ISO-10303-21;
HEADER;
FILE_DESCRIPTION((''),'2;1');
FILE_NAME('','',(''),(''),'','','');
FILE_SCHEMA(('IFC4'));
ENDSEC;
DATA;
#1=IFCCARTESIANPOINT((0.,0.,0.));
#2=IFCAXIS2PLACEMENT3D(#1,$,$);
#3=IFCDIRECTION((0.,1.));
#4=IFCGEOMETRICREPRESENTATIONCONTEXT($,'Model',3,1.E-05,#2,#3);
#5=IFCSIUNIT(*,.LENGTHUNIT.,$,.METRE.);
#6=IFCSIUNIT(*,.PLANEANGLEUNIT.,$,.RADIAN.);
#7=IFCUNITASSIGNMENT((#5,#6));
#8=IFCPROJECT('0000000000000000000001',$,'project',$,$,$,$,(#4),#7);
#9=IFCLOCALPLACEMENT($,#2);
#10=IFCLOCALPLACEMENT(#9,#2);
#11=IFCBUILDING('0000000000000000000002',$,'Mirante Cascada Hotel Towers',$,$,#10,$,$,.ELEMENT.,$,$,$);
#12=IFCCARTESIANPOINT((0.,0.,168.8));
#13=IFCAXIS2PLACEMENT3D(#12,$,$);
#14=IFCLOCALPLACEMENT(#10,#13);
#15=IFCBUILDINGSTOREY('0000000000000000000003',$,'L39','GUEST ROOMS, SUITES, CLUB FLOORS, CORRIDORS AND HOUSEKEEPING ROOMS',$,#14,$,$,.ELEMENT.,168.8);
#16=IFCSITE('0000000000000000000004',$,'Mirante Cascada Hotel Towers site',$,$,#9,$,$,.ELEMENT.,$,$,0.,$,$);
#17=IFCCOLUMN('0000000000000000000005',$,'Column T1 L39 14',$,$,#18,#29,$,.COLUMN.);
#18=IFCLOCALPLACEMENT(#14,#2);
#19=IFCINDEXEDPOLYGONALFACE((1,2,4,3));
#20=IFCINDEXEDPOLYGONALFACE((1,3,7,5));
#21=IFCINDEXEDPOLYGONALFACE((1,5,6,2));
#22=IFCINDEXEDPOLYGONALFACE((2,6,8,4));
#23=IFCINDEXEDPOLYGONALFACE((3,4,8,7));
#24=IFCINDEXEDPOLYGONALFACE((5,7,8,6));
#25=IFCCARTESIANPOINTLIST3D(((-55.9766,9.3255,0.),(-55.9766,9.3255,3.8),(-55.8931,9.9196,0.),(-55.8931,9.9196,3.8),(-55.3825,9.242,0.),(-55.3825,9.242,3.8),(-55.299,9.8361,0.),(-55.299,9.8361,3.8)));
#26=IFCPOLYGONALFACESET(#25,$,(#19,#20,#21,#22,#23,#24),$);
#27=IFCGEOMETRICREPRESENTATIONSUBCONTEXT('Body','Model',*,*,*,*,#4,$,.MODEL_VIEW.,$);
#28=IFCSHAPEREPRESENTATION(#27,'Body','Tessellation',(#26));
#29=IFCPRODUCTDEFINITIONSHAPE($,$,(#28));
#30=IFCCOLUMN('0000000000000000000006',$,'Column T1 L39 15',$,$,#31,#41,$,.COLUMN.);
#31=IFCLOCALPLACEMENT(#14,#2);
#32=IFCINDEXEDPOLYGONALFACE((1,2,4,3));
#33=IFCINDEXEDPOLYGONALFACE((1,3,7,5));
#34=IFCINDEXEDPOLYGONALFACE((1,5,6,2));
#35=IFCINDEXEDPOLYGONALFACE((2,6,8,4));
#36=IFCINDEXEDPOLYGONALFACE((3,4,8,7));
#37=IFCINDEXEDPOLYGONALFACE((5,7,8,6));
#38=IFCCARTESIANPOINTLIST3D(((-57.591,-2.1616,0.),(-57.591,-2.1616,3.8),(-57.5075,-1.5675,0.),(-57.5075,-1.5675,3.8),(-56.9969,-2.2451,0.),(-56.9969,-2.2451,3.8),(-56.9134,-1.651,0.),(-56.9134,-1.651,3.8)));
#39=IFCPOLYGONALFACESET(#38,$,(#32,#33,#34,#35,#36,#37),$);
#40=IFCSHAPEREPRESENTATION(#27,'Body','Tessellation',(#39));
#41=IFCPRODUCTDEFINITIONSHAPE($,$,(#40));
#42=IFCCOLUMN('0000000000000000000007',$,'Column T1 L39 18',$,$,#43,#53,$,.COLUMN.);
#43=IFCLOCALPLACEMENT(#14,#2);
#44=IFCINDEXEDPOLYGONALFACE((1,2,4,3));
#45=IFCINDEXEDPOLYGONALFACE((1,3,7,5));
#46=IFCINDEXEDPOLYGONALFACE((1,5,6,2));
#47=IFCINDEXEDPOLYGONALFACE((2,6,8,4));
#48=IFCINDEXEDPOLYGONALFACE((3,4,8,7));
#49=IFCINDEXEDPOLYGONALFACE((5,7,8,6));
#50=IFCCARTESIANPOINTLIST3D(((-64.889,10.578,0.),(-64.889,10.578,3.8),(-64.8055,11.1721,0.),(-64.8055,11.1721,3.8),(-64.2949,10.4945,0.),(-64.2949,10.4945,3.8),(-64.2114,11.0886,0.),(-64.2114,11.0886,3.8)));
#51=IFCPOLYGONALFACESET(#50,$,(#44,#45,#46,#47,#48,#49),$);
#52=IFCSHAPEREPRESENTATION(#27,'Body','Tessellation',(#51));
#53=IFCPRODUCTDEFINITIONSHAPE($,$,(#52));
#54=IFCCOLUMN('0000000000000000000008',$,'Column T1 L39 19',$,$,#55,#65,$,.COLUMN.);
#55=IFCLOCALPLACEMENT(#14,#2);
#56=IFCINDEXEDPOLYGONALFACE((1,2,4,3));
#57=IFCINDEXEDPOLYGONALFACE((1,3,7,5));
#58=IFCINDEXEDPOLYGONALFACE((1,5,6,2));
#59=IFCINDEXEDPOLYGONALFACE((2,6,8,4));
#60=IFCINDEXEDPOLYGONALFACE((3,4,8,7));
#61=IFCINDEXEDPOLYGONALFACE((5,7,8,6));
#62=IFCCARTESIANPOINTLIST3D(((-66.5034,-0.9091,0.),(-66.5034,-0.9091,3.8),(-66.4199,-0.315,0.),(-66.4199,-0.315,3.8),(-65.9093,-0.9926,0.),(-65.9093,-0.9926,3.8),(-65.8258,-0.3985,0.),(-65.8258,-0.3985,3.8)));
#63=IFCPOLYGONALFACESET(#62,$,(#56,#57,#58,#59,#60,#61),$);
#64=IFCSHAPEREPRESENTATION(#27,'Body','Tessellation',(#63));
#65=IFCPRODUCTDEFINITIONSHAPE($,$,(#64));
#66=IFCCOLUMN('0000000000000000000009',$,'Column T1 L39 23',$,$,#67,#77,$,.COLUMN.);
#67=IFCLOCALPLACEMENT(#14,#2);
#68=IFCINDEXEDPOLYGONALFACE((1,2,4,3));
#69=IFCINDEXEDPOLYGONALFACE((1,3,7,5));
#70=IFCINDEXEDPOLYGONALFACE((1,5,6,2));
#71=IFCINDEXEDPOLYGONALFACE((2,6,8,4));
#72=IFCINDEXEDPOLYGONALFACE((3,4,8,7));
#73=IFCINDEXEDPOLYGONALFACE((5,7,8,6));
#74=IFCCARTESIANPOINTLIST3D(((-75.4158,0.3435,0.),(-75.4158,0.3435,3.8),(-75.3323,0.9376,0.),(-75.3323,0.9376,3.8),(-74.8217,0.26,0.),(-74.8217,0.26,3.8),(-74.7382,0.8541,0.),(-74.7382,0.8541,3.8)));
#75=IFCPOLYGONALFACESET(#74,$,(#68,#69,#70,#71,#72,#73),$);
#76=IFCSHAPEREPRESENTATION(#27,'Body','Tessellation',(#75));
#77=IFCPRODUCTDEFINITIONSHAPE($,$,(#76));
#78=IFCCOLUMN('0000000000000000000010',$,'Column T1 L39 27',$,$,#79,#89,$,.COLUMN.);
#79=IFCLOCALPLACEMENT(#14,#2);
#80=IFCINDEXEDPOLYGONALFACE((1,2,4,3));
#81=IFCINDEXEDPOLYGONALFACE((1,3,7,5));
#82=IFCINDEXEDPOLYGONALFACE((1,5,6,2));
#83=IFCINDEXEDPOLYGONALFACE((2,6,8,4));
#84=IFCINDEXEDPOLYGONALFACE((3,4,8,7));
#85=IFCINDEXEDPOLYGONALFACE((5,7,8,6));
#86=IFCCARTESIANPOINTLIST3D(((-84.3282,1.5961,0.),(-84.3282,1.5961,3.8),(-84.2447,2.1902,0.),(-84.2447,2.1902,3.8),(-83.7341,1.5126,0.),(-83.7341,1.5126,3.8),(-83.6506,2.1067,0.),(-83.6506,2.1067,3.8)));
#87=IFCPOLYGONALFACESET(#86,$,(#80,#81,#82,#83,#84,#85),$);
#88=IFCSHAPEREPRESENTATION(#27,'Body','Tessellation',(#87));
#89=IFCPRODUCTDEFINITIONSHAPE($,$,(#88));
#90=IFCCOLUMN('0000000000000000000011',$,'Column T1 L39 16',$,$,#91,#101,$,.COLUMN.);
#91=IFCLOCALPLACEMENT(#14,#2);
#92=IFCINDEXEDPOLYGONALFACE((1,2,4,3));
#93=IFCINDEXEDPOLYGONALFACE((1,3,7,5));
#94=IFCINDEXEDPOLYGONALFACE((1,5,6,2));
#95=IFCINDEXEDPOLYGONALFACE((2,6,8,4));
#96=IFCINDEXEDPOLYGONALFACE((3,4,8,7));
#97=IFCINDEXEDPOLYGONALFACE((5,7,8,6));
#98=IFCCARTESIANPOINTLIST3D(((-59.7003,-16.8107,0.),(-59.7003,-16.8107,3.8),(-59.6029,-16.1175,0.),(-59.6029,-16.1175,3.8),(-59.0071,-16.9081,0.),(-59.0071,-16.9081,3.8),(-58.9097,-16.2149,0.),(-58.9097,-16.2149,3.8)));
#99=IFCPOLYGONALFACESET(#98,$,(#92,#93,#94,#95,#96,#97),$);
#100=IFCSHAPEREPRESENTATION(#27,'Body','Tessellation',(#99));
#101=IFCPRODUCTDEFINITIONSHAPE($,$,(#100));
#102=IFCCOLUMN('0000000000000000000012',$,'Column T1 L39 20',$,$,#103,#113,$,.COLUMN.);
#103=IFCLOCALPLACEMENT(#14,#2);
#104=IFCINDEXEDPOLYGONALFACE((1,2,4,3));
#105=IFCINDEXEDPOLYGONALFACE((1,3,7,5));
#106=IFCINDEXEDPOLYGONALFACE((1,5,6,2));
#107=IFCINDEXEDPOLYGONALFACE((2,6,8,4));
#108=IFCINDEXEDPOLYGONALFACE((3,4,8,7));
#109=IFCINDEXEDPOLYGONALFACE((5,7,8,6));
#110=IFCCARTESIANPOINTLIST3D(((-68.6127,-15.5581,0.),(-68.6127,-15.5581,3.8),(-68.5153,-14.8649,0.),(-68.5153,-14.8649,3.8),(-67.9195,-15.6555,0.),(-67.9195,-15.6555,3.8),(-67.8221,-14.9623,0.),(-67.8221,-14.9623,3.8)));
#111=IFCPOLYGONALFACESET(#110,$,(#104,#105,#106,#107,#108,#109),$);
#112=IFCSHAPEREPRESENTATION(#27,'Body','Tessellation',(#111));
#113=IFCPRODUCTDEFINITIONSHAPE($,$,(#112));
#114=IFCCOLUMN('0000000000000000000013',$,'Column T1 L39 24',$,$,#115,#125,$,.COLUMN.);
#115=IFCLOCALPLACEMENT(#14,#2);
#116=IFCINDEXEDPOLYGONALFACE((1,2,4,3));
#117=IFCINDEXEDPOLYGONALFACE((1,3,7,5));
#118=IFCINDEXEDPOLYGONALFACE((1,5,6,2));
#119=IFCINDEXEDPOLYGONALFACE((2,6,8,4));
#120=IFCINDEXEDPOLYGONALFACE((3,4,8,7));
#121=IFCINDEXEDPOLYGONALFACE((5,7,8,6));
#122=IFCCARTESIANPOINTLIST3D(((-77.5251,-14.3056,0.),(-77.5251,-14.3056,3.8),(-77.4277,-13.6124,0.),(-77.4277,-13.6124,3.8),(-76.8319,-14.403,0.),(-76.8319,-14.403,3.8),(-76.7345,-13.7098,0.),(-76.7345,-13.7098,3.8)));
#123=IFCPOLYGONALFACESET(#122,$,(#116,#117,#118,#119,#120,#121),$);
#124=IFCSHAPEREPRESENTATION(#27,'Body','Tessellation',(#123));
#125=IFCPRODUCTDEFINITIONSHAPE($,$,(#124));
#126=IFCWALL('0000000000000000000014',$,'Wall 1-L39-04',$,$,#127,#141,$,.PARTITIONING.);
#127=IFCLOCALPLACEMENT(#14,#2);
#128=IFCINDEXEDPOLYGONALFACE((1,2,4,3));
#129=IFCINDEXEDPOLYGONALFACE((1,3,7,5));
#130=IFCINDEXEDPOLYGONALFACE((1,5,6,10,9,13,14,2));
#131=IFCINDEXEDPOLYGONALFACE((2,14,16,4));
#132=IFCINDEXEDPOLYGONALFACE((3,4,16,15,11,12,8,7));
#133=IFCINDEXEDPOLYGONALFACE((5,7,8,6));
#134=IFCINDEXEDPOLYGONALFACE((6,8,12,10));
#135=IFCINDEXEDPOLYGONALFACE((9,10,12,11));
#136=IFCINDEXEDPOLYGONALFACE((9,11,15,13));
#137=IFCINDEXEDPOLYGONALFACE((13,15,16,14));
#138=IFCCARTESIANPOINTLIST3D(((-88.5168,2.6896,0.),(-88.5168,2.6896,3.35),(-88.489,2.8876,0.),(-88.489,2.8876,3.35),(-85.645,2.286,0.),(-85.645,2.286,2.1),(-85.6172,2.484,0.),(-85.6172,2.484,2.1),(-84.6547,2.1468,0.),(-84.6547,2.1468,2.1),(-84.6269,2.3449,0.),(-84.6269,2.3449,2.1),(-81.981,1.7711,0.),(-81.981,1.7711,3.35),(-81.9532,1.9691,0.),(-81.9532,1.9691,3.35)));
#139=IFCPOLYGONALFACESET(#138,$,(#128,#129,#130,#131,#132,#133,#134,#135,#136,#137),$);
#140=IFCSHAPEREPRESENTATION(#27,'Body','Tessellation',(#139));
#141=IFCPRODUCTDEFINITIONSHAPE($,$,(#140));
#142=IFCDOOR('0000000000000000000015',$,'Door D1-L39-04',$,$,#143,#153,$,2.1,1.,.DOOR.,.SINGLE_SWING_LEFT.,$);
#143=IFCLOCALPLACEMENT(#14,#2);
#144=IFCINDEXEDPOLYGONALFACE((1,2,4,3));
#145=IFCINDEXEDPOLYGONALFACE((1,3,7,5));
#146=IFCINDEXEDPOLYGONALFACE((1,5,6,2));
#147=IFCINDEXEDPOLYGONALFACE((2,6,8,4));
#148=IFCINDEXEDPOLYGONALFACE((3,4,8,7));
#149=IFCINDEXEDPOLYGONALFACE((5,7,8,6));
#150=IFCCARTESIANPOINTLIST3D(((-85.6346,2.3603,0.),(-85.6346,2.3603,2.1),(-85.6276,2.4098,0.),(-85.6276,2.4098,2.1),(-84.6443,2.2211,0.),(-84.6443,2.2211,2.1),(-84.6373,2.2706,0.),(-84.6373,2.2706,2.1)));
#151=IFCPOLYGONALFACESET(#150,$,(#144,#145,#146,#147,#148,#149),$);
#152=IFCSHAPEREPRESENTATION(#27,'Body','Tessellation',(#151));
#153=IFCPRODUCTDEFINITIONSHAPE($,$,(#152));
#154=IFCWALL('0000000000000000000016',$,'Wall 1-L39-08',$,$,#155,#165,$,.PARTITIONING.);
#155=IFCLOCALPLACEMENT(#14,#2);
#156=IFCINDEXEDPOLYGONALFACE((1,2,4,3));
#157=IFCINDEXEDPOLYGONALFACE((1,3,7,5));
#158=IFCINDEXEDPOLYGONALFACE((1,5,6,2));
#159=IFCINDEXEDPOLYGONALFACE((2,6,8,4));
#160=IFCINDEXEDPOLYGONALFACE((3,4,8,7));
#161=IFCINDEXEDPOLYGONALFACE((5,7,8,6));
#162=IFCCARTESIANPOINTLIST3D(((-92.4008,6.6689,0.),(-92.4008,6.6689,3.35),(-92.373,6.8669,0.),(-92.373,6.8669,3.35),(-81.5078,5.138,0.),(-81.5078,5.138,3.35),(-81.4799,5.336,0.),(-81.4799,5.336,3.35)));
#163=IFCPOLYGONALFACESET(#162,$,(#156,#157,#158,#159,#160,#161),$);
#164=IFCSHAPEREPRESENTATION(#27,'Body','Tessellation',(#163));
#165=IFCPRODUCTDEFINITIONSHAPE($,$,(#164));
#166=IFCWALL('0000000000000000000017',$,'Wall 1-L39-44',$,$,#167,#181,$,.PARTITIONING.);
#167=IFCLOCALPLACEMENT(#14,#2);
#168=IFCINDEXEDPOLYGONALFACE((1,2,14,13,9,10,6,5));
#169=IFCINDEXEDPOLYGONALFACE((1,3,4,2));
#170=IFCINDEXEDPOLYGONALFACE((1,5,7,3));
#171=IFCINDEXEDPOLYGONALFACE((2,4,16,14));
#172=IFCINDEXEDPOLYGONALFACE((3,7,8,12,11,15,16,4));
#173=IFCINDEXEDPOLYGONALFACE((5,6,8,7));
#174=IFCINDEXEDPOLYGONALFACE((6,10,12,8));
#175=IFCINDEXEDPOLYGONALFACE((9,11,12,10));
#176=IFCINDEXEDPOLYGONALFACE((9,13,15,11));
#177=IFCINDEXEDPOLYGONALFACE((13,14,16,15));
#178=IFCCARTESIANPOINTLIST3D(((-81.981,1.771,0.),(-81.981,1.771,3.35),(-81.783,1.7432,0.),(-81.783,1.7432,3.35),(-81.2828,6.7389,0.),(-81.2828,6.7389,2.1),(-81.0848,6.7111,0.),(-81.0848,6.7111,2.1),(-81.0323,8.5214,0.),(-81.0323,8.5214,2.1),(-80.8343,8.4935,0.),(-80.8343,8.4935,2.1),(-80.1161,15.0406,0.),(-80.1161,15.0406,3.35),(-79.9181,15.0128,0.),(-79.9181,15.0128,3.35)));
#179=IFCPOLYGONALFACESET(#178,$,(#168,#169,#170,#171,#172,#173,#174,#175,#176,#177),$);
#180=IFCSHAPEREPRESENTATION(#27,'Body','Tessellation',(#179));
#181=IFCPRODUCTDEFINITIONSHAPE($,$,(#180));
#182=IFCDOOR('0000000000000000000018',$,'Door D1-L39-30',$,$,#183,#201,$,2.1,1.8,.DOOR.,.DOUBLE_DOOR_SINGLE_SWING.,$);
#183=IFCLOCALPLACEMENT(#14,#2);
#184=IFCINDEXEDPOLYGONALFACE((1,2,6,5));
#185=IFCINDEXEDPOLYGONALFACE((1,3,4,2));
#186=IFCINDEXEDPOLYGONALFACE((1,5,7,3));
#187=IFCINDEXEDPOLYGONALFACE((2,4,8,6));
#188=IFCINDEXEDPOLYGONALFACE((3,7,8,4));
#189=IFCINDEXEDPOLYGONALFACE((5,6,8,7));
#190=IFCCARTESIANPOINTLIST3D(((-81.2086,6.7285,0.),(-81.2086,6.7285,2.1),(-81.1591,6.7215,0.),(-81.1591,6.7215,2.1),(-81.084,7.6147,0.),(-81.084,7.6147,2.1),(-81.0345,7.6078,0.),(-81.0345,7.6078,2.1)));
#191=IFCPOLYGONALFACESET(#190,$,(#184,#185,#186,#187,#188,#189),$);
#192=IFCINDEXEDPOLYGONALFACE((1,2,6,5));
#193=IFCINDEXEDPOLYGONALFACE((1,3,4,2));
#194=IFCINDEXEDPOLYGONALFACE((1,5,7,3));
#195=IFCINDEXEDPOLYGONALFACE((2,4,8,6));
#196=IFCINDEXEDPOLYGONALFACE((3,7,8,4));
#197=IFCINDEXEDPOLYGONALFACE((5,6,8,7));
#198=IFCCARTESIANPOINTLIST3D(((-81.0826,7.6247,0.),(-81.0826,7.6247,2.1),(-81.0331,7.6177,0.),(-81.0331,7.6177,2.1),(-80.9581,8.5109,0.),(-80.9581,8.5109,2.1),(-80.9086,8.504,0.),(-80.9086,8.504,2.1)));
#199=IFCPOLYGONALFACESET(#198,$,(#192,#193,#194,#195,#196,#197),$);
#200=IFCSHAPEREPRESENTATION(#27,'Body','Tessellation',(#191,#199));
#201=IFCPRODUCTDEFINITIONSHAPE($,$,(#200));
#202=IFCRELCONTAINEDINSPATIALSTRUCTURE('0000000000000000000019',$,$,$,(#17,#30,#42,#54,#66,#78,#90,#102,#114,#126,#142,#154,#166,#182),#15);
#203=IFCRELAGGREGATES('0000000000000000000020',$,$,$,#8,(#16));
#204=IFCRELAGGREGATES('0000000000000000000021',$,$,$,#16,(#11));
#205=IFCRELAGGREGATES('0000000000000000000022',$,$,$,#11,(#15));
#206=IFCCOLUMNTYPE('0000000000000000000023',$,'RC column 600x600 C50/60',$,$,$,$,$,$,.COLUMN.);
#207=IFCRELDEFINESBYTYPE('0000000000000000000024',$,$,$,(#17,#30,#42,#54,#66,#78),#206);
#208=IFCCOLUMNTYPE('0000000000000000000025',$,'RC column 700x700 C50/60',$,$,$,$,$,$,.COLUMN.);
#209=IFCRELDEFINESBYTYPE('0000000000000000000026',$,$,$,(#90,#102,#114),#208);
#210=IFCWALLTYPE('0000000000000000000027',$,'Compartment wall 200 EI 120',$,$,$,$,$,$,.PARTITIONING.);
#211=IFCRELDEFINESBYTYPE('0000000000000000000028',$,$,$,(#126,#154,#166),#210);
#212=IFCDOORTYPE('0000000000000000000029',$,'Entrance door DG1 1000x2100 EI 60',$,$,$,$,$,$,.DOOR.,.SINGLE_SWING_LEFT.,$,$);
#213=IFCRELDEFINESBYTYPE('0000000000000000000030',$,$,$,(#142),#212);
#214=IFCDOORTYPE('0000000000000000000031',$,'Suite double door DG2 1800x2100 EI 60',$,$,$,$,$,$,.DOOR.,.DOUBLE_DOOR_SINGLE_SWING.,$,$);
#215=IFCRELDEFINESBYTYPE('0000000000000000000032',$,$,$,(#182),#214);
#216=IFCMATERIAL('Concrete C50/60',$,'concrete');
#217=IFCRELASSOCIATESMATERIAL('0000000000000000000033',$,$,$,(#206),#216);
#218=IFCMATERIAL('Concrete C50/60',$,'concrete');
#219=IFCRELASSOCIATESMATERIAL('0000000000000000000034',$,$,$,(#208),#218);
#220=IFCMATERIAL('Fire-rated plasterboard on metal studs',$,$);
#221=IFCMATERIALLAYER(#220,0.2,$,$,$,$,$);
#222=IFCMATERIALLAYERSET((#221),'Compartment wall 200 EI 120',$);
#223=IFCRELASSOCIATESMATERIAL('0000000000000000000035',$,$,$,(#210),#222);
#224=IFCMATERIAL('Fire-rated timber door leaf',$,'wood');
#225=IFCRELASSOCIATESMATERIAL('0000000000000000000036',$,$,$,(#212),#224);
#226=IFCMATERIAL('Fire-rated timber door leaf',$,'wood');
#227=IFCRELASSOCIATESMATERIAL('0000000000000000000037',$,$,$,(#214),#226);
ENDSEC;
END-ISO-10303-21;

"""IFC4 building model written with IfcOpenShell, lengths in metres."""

from ifc_helpers import new_model, si_unit, direction, frame, frame_2d, origin, origin_2d, place, context, subcontext, project, spatial, rectangle, extrude, material, layer, layer_set, material_profile, profile_set, type_object, element, fill, save


model = new_model("IFC4")

# Units and contexts
model_context = context("Model", 3, precision=1e-05, world=origin(), true_north=direction((0.0, 1.0)))
body_context = subcontext(model_context, "Body", "Model", "MODEL_VIEW")
ifc_project = project(units=[si_unit("LENGTHUNIT", "METRE"), si_unit("PLANEANGLEUNIT", "RADIAN")], contexts=[model_context])

# Site, building, storey
site_placement = place(None, origin())
site = spatial("IfcSite", under=ifc_project, at=site_placement, Name="Mirante Cascada Hotel Towers site", CompositionType="ELEMENT", RefElevation=0.0)
building_placement = place(site_placement, origin())
building = spatial("IfcBuilding", under=site, at=building_placement, Name="Mirante Cascada Hotel Towers", CompositionType="ELEMENT")
storey_placement = place(building_placement, frame((0.0, 0.0, 168.8)))
storey = spatial("IfcBuildingStorey", under=building, at=storey_placement, Name="L39", Description="GUEST ROOMS, SUITES, CLUB FLOORS, CORRIDORS AND HOUSEKEEPING ROOMS", CompositionType="ELEMENT", Elevation=168.8)

# Columns
ifc_material_1 = material(Name="Concrete C50/60", Category="concrete")
ifc_material_profile_1 = material_profile(ifc_material_1, rectangle(XDim=0.6, YDim=0.6, at=origin_2d()), Name="RC column 600x600 C50/60")
ifc_profile_set_1 = profile_set([ifc_material_profile_1], Name="Concrete C50/60")
column_type_1 = type_object("IfcColumnType", Name="RC column 600x600 C50/60", PredefinedType="COLUMN", material=ifc_profile_set_1)
for number, where, z_axis, x_axis, name in (
    (1, (-55.6378, 9.5808, 0.0), (0.0, 0.0, 1.0), (-0.990268, 0.139173, 0.0), "Column T1 L39 14"),
    (2, (-57.2522, -1.9063, 0.0), (0.0, 0.0, 1.0), (-0.990268, 0.139173, 0.0), "Column T1 L39 15"),
    (3, (-64.5502, 10.8333, 0.0), (0.0, 0.0, 1.0), (-0.990268, 0.139173, 0.0), "Column T1 L39 18"),
    (4, (-66.1646, -0.6538, 0.0), (0.0, 0.0, 1.0), (-0.990268, 0.139173, 0.0), "Column T1 L39 19"),
    (5, (-75.077, 0.5988, 0.0), (0.0, 0.0, 1.0), (-0.990268, 0.139173, 0.0), "Column T1 L39 23"),
    (6, (-83.9894, 1.8514, 0.0), (0.0, 0.0, 1.0), (-0.990268, 0.139173, 0.0), "Column T1 L39 27"),
):
    element("IfcColumn", number, at=place(storey_placement, frame(where, z_axis=z_axis, x_axis=x_axis)), inside=storey, type_object=column_type_1, Name=name, PredefinedType="COLUMN", context=body_context, shape_type="SweptSolid", body=[
        extrude(rectangle(XDim=0.6, YDim=0.6, at=origin_2d()), origin(), (0.0, 0.0, 1.0), 3.8),
    ])
ifc_material_2 = material(Name="Concrete C50/60", Category="concrete")
ifc_material_profile_2 = material_profile(ifc_material_2, rectangle(XDim=0.7, YDim=0.7, at=origin_2d()), Name="RC column 700x700 C50/60")
ifc_profile_set_2 = profile_set([ifc_material_profile_2], Name="Concrete C50/60")
column_type_2 = type_object("IfcColumnType", Name="RC column 700x700 C50/60", PredefinedType="COLUMN", material=ifc_profile_set_2)
for number, where, z_axis, x_axis, name in (
    (7, (-59.305, -16.5128, 0.0), (0.0, 0.0, 1.0), (-0.990268, 0.139173, 0.0), "Column T1 L39 16"),
    (8, (-68.2174, -15.2602, 0.0), (0.0, 0.0, 1.0), (-0.990268, 0.139173, 0.0), "Column T1 L39 20"),
    (9, (-77.1298, -14.0077, 0.0), (0.0, 0.0, 1.0), (-0.990268, 0.139173, 0.0), "Column T1 L39 24"),
):
    element("IfcColumn", number, at=place(storey_placement, frame(where, z_axis=z_axis, x_axis=x_axis)), inside=storey, type_object=column_type_2, Name=name, PredefinedType="COLUMN", context=body_context, shape_type="SweptSolid", body=[
        extrude(rectangle(XDim=0.7, YDim=0.7, at=origin_2d()), origin(), (0.0, 0.0, 1.0), 3.8),
    ])

# Wall, opening, door
ifc_material_3 = material(Name="Fire-rated plasterboard on metal studs")
ifc_layer_1 = layer(ifc_material_3, 0.2)
ifc_layer_set_1 = layer_set([ifc_layer_1], Name="Compartment wall 200 EI 120")
wall_type_1 = type_object("IfcWallType", Name="Compartment wall 200 EI 120", PredefinedType="PARTITIONING", material=ifc_layer_set_1)
wall_1_placement = place(storey_placement, frame((-81.9671, 1.8701, 0.0), z_axis=(0.0, 0.0, 1.0), x_axis=(-0.990269, 0.139166, 0.0)))
wall_1 = element("IfcWall", 10, at=wall_1_placement, inside=storey, type_object=wall_type_1, Name="Wall 1-L39-04", PredefinedType="PARTITIONING", context=body_context, shape_type="SweptSolid", body=[
    extrude(rectangle(XDim=6.6, YDim=0.2, at=frame_2d((3.3, 0.0))), origin(), (0.0, 0.0, 1.0), 3.35),
])
opening_1_placement = place(wall_1_placement, frame((2.7, 0.0, 0.0)))
opening_1 = element("IfcOpeningElement", 11, at=opening_1_placement, cuts=wall_1, PredefinedType="OPENING", context=body_context, shape_type="SweptSolid", body=[
    extrude(rectangle(XDim=1.0, YDim=2.1, at=frame_2d((0.5, 1.05))), frame((0.0, 0.1, 0.0), z_axis=(0.0, -1.0, 0.0), x_axis=(1.0, 0.0, 0.0)), (0.0, 0.0, 1.0), 0.2),
])
ifc_material_4 = material(Name="Fire-rated timber door leaf", Category="wood")
door_type_1 = type_object("IfcDoorType", Name="Entrance door DG1 1000x2100 EI 60", OperationType="SINGLE_SWING_LEFT", PredefinedType="DOOR", material=ifc_material_4)
door_1_placement = place(opening_1_placement, origin())
door_1 = element("IfcDoor", 12, at=door_1_placement, inside=storey, type_object=door_type_1, Name="Door D1-L39-04", OperationType="SINGLE_SWING_LEFT", OverallHeight=2.1, OverallWidth=1.0, PredefinedType="DOOR", context=body_context, shape_type="SweptSolid", body=[
    extrude(rectangle(XDim=1.0, YDim=2.1, at=frame_2d((0.5, 1.05))), frame((0.0, 0.025, 0.0), z_axis=(0.0, -1.0, 0.0), x_axis=(1.0, 0.0, 0.0)), (0.0, 0.0, 1.0), 0.05),
])
fill(opening_1, door_1)

# Wall
wall_2_placement = place(storey_placement, frame((-81.4939, 5.237, 0.0), z_axis=(0.0, 0.0, 1.0), x_axis=(-0.990268, 0.139172, 0.0)))
element("IfcWall", 13, at=wall_2_placement, inside=storey, type_object=wall_type_1, Name="Wall 1-L39-08", PredefinedType="PARTITIONING", context=body_context, shape_type="SweptSolid", body=[
    extrude(rectangle(XDim=11.0001, YDim=0.2, at=frame_2d((5.5, 0.0))), origin(), (0.0, 0.0, 1.0), 3.35),
])

# Wall, opening, door
wall_3_placement = place(storey_placement, frame((-81.882, 1.7571, 0.0), z_axis=(0.0, 0.0, 1.0), x_axis=(0.139172, 0.990268, 0.0)))
wall_3 = element("IfcWall", 14, at=wall_3_placement, inside=storey, type_object=wall_type_1, Name="Wall 1-L39-44", PredefinedType="PARTITIONING", context=body_context, shape_type="SweptSolid", body=[
    extrude(rectangle(XDim=13.4, YDim=0.2, at=frame_2d((6.7, 0.0))), origin(), (0.0, 0.0, 1.0), 3.35),
])
opening_2_placement = place(wall_3_placement, frame((5.0167, 0.0, 0.0)))
opening_2 = element("IfcOpeningElement", 15, at=opening_2_placement, cuts=wall_3, PredefinedType="OPENING", context=body_context, shape_type="SweptSolid", body=[
    extrude(rectangle(XDim=1.8, YDim=2.1, at=frame_2d((0.9, 1.05))), frame((0.0, 0.1, 0.0), z_axis=(0.0, -1.0, 0.0), x_axis=(1.0, 0.0, 0.0)), (0.0, 0.0, 1.0), 0.2),
])
ifc_material_5 = material(Name="Fire-rated timber door leaf", Category="wood")
door_type_2 = type_object("IfcDoorType", Name="Suite double door DG2 1800x2100 EI 60", OperationType="DOUBLE_DOOR_SINGLE_SWING", PredefinedType="DOOR", material=ifc_material_5)
door_2_placement = place(opening_2_placement, origin())
door_2 = element("IfcDoor", 16, at=door_2_placement, inside=storey, type_object=door_type_2, Name="Door D1-L39-30", OperationType="DOUBLE_DOOR_SINGLE_SWING", OverallHeight=2.1, OverallWidth=1.8, PredefinedType="DOOR", context=body_context, shape_type="SweptSolid", body=[
    extrude(rectangle(XDim=0.895, YDim=2.1, at=frame_2d((0.4475, 1.05))), frame((0.0, 0.025, 0.0), z_axis=(0.0, -1.0, 0.0), x_axis=(1.0, 0.0, 0.0)), (0.0, 0.0, 1.0), 0.05),
    extrude(rectangle(XDim=0.895, YDim=2.1, at=frame_2d((1.3525, 1.05))), frame((0.0, 0.025, 0.0), z_axis=(0.0, -1.0, 0.0), x_axis=(1.0, 0.0, 0.0)), (0.0, 0.0, 1.0), 0.05),
])
fill(opening_2, door_2)

save(model, "model.ifc")
